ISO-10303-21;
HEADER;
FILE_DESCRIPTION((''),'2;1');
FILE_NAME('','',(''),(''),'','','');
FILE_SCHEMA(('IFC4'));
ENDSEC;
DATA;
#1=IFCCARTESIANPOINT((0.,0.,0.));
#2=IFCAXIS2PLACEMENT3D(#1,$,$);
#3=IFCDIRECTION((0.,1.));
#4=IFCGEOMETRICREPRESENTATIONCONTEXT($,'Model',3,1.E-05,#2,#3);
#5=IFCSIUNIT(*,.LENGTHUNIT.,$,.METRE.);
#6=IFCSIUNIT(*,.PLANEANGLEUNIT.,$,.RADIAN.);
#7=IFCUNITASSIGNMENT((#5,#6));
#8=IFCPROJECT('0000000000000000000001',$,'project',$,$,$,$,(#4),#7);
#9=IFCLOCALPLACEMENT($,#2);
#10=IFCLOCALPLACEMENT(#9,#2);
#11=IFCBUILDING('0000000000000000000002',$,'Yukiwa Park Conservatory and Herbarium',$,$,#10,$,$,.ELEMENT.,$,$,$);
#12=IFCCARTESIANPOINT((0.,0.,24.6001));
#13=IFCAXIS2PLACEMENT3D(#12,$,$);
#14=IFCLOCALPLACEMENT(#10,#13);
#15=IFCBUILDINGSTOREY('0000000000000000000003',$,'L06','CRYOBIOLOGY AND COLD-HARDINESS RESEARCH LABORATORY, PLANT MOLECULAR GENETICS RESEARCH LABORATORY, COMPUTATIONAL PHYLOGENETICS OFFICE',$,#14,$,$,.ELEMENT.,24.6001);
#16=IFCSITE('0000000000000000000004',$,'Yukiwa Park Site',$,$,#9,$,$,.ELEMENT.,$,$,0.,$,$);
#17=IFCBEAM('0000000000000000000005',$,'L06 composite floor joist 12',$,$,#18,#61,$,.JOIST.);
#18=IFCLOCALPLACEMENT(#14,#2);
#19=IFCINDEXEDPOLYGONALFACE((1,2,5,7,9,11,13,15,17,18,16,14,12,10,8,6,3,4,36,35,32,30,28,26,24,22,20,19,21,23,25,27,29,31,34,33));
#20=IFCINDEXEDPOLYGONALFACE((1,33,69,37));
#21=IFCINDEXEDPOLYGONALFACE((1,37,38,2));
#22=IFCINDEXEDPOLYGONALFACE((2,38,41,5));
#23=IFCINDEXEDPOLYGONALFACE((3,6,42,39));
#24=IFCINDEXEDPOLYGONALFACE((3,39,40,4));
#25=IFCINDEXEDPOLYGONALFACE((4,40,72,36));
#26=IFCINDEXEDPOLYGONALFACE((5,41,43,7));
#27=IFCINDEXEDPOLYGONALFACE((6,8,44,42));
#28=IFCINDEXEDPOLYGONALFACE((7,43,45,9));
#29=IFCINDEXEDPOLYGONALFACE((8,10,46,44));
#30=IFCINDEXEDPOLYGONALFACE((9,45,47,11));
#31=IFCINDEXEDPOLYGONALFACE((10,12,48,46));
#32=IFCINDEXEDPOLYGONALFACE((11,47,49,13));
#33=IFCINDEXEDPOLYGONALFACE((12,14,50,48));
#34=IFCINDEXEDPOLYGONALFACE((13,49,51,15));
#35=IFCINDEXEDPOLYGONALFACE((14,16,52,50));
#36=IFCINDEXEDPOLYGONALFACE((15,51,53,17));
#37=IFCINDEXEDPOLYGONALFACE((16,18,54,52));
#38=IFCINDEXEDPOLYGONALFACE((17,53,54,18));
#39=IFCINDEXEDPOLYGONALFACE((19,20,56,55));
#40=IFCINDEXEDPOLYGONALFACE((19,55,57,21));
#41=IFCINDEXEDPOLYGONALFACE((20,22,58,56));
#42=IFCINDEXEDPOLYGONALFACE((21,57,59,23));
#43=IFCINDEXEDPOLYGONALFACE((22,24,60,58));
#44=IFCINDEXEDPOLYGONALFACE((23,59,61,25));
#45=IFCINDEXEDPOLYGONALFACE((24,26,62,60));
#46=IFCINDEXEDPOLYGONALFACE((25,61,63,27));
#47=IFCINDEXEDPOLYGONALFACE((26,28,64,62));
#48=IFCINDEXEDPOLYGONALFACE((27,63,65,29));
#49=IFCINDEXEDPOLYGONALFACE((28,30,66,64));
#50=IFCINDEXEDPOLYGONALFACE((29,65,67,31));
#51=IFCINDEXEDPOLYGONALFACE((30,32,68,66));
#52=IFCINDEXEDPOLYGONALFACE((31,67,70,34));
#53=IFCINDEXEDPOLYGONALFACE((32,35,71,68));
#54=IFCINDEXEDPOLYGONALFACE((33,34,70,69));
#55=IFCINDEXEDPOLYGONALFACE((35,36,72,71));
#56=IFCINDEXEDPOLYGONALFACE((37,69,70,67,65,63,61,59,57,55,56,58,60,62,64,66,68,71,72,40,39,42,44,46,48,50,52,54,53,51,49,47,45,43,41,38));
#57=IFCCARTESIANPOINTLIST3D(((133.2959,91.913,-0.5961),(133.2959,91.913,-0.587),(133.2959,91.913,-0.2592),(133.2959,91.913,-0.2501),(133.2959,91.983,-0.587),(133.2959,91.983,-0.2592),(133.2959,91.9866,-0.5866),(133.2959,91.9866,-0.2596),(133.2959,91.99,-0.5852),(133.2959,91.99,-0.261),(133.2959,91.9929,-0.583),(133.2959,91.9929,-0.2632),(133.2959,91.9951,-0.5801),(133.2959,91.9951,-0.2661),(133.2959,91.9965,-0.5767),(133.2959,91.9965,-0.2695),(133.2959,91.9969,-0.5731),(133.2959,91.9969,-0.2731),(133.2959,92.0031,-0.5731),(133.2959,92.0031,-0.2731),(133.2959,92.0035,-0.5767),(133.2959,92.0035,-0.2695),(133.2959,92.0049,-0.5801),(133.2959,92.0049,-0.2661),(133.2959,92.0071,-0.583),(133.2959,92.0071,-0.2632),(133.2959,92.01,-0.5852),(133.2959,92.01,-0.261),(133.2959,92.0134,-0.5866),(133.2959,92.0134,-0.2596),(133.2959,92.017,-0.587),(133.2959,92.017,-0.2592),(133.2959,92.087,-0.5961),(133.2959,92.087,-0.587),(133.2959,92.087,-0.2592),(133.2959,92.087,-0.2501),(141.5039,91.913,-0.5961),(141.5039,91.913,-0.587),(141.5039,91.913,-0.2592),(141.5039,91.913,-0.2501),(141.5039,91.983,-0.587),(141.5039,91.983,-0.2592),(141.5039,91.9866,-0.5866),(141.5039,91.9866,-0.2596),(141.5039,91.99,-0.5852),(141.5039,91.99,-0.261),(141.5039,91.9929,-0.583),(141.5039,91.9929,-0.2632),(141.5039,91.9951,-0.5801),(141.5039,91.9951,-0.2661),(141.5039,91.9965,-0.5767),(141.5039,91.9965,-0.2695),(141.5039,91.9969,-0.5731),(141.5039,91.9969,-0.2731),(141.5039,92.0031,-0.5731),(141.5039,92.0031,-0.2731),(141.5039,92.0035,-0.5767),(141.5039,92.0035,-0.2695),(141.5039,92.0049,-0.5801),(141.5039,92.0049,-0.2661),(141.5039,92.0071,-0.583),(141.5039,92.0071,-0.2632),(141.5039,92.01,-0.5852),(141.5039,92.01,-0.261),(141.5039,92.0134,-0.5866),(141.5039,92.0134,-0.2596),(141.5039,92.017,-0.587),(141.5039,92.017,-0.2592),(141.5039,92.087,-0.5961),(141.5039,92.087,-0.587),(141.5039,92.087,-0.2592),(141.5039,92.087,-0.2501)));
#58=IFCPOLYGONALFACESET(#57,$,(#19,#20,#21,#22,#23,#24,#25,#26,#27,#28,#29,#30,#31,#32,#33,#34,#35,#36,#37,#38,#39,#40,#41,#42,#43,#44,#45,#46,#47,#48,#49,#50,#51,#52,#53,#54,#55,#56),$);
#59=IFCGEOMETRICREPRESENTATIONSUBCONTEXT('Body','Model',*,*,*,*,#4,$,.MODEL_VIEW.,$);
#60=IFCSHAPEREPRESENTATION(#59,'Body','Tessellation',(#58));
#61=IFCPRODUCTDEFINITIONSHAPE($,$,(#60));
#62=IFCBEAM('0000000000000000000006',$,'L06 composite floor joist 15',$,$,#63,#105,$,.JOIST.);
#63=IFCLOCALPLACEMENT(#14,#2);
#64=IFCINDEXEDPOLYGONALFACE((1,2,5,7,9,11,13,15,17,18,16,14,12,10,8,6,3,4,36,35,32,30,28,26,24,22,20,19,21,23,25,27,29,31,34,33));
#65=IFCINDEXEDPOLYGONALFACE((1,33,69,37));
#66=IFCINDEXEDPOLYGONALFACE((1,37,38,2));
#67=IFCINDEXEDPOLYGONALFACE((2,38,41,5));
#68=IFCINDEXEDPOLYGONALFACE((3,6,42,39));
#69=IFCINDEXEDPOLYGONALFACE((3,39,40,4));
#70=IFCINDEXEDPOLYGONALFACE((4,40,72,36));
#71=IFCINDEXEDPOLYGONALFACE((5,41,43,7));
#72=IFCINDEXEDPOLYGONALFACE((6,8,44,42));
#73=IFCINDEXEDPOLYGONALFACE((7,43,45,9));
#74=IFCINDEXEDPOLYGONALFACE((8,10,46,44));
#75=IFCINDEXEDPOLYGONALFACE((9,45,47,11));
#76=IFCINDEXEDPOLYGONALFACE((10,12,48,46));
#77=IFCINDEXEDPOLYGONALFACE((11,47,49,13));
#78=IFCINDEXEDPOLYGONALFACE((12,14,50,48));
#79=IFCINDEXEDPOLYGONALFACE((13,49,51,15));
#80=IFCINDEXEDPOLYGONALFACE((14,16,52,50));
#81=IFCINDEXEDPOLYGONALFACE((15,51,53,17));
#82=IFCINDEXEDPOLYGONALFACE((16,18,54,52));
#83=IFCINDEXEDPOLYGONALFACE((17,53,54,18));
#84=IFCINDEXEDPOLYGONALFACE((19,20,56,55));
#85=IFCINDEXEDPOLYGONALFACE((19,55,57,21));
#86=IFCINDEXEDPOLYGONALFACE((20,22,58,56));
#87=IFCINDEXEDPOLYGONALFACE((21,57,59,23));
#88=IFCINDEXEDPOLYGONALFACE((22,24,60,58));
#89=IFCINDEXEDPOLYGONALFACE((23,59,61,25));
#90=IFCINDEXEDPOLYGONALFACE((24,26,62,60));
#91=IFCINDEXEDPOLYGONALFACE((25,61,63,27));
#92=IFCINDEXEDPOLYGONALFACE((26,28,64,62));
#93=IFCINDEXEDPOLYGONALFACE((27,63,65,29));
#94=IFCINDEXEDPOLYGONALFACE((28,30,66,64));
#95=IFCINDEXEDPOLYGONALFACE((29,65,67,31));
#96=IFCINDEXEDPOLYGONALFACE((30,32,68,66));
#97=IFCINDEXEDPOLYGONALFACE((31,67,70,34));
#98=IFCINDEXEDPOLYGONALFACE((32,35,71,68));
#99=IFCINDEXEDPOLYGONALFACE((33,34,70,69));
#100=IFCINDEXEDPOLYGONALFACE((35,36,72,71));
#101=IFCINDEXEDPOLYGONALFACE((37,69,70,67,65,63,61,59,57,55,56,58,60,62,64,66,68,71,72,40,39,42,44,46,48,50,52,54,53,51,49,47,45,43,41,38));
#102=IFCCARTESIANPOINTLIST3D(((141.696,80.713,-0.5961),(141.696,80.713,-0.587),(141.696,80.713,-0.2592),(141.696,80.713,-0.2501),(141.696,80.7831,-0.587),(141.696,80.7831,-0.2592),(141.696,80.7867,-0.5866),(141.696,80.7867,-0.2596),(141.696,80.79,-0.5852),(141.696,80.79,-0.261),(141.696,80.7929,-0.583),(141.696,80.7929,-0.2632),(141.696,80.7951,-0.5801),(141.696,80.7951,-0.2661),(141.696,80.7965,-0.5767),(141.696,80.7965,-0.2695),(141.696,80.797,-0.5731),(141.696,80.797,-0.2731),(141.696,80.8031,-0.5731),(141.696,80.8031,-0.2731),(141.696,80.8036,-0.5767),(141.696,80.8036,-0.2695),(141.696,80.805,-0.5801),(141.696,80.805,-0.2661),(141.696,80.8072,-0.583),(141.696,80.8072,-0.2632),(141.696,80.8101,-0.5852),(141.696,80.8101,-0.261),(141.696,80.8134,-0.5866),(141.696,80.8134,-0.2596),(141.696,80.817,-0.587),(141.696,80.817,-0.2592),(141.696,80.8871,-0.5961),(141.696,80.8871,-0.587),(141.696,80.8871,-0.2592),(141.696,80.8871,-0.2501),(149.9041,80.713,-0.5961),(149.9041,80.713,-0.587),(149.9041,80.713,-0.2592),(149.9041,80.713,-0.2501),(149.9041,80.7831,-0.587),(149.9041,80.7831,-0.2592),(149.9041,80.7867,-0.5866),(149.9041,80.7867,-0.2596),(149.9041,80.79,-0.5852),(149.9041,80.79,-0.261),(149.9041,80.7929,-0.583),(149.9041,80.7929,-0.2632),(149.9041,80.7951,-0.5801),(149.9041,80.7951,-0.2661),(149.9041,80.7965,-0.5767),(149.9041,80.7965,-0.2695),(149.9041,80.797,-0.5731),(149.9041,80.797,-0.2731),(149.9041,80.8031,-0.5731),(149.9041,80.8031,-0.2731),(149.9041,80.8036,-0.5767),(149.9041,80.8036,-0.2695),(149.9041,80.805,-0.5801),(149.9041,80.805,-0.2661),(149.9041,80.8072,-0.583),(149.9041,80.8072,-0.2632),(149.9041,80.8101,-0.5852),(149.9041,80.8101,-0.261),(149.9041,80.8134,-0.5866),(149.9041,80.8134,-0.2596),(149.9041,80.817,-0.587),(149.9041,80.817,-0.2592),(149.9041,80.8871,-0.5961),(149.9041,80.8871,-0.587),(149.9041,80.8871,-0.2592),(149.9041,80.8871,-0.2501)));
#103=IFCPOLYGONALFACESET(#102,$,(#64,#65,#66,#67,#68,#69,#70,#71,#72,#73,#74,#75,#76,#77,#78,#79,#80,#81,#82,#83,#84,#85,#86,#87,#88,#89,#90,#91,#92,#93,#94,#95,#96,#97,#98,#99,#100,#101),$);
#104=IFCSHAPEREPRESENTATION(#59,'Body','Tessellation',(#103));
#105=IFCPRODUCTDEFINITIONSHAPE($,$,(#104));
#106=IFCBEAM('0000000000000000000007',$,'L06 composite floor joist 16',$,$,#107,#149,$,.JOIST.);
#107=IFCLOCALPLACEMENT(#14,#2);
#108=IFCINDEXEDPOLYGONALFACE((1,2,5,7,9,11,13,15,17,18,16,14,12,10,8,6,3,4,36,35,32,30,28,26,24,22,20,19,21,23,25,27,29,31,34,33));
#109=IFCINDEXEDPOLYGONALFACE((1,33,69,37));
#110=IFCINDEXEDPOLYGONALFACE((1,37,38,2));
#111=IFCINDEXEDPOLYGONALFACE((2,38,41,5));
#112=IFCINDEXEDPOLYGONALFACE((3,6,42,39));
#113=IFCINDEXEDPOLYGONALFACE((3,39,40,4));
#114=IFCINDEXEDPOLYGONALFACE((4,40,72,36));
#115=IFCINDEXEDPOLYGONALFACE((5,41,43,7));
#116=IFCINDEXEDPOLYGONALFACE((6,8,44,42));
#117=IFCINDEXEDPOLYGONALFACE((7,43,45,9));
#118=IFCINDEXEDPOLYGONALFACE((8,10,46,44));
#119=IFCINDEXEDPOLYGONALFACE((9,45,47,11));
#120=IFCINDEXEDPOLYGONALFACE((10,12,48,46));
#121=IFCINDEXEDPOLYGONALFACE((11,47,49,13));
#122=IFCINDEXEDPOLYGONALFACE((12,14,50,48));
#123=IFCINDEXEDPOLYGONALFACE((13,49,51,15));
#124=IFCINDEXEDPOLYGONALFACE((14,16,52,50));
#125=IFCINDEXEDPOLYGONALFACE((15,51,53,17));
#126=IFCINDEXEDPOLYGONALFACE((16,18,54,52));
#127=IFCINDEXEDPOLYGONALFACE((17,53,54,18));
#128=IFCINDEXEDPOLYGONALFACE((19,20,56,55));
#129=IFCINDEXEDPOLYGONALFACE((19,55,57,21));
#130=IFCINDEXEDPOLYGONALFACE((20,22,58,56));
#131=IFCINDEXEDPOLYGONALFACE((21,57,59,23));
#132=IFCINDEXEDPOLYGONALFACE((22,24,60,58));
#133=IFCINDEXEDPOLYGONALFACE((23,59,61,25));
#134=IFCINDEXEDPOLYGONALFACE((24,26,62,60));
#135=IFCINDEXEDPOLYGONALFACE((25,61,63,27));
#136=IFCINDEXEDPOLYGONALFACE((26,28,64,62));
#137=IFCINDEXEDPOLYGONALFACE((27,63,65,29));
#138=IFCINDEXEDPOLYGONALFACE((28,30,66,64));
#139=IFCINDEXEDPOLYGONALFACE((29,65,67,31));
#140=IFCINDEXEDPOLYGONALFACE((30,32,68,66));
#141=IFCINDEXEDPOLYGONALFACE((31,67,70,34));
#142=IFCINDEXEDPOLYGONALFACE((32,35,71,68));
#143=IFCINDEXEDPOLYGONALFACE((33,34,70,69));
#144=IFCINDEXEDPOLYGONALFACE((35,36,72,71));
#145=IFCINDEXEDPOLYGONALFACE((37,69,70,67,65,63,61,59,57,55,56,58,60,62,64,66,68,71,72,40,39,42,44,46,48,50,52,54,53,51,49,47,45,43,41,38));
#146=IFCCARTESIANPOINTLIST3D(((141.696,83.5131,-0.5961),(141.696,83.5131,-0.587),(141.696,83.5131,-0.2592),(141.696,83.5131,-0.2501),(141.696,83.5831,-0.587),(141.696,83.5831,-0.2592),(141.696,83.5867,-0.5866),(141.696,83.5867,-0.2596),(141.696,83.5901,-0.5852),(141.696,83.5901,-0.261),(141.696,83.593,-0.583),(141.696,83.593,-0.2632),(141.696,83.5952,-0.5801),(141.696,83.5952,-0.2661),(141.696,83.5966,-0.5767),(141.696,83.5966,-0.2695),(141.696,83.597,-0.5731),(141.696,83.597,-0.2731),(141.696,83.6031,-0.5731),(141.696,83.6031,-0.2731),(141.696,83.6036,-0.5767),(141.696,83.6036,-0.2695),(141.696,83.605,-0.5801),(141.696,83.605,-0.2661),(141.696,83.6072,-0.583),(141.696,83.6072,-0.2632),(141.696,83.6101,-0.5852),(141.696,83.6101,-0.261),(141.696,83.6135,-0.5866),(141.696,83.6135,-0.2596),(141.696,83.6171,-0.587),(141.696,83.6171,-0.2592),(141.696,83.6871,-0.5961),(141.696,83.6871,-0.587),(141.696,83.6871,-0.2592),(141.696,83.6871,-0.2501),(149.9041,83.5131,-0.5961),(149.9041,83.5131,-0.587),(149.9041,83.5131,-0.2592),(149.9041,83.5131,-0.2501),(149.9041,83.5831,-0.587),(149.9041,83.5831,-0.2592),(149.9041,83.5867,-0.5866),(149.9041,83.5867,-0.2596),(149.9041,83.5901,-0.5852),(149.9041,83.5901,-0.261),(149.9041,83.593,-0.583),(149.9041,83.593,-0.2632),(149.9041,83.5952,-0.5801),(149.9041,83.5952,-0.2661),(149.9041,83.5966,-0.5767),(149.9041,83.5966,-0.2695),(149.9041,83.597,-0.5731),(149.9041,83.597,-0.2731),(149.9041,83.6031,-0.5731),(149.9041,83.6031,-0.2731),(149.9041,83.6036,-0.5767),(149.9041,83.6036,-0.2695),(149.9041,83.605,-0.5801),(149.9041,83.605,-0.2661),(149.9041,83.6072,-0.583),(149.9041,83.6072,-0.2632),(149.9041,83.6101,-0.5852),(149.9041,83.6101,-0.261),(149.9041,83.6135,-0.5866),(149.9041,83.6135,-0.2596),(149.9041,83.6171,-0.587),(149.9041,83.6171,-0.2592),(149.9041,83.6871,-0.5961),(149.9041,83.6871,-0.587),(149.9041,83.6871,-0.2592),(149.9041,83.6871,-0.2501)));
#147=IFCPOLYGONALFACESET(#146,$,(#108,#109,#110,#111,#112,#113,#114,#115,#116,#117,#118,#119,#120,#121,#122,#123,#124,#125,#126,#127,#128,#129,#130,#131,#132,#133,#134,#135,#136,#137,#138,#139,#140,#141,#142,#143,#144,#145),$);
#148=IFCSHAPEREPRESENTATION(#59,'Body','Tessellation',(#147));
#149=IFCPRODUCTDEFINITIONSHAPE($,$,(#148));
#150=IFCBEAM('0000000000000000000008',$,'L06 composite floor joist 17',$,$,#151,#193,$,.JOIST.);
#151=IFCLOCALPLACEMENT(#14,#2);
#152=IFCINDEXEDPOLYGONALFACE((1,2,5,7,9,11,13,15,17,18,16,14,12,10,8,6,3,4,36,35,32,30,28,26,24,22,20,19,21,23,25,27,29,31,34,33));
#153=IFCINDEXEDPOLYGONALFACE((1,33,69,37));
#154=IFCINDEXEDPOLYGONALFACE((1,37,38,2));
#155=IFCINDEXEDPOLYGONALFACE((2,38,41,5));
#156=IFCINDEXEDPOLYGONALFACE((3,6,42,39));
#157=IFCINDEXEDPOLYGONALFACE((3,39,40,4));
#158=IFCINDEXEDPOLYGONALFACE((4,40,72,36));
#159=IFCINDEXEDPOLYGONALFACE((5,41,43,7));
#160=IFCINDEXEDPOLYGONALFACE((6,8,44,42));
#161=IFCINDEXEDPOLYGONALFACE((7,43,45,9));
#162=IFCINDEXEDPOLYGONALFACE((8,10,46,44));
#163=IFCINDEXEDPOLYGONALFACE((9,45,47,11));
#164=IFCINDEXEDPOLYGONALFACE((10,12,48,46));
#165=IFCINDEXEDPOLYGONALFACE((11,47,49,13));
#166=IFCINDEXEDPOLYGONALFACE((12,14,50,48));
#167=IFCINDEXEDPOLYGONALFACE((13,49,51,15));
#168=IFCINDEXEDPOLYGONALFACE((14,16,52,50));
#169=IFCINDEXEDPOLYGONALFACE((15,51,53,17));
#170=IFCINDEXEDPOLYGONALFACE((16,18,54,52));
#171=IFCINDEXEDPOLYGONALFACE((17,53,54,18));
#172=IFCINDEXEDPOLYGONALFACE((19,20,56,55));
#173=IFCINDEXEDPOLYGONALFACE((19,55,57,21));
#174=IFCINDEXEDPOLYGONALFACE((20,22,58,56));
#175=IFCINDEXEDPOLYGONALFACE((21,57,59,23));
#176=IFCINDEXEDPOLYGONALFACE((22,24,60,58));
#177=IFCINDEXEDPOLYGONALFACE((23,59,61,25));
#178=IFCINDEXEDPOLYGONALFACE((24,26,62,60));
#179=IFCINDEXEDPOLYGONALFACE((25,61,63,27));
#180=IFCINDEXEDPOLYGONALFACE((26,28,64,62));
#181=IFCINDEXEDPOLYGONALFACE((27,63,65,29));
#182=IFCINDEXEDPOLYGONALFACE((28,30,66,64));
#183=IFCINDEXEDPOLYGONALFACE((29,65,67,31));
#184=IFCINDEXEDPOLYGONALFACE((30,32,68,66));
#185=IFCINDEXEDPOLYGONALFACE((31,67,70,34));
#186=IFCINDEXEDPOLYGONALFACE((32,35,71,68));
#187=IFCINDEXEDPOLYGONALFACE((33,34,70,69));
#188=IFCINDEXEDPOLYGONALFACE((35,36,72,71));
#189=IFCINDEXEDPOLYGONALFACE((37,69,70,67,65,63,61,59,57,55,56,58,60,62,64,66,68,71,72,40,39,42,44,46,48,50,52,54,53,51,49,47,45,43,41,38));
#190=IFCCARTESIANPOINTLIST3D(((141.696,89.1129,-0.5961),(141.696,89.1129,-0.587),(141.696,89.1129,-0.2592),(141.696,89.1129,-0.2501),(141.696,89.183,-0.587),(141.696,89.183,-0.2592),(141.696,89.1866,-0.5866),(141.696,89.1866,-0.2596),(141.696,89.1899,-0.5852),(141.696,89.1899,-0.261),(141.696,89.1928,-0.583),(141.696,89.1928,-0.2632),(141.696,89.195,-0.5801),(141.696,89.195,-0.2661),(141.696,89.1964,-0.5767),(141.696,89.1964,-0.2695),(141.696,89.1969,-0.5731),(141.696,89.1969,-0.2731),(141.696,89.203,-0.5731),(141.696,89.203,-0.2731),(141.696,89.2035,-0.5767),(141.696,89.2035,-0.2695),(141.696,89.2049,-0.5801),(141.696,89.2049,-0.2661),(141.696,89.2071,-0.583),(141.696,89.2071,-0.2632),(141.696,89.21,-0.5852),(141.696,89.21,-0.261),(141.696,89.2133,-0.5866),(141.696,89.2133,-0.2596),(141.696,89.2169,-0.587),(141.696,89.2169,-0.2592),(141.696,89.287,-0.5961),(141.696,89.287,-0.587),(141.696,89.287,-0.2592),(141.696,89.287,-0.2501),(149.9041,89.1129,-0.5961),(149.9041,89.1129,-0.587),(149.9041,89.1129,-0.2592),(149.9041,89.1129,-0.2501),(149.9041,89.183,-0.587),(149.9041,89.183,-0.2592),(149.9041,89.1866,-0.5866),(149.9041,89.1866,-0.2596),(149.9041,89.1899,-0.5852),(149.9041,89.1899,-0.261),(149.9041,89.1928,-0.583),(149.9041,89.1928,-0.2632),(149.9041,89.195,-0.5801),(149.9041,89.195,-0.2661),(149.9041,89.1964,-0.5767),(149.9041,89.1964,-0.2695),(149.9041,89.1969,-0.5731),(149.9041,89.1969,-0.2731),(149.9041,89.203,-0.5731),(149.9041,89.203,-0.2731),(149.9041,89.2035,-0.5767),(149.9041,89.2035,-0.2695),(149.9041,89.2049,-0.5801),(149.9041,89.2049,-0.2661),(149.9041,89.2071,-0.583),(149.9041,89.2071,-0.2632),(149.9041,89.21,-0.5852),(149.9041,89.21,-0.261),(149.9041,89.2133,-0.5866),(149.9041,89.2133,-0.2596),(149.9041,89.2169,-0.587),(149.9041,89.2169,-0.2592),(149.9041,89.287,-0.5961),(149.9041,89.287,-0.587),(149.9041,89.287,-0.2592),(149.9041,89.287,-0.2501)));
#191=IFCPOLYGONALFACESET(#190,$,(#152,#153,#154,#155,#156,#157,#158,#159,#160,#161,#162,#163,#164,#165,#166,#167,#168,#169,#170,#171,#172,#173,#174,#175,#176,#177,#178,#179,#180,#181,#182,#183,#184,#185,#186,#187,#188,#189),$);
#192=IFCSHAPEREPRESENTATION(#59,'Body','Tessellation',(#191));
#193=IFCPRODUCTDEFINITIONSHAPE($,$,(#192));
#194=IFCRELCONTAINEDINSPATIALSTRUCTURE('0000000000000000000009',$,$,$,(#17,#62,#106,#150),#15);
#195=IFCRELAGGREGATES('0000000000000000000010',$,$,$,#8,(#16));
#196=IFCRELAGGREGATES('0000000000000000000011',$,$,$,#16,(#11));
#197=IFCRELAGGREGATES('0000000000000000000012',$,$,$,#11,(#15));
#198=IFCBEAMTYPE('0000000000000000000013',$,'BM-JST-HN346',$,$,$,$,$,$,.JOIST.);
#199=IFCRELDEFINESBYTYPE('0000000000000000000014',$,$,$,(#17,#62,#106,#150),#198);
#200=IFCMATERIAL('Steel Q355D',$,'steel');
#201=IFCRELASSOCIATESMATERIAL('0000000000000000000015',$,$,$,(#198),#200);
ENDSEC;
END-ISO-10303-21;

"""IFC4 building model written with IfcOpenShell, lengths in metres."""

from ifc_helpers import new_model, si_unit, direction, frame, origin, origin_2d, place, context, subcontext, project, spatial, i_section, extrude, material, material_profile, profile_set, type_object, element, save


model = new_model("IFC4")

# Units and contexts
model_context = context("Model", 3, precision=1e-05, world=origin(), true_north=direction((0.0, 1.0)))
body_context = subcontext(model_context, "Body", "Model", "MODEL_VIEW")
ifc_project = project(units=[si_unit("LENGTHUNIT", "METRE"), si_unit("PLANEANGLEUNIT", "RADIAN")], contexts=[model_context])

# Site, building, storey
site_placement = place(None, origin())
site = spatial("IfcSite", under=ifc_project, at=site_placement, Name="Yukiwa Park Site", CompositionType="ELEMENT", RefElevation=0.0)
building_placement = place(site_placement, origin())
building = spatial("IfcBuilding", under=site, at=building_placement, Name="Yukiwa Park Conservatory and Herbarium", CompositionType="ELEMENT")
storey_placement = place(building_placement, frame((0.0, 0.0, 24.6001)))
storey = spatial("IfcBuildingStorey", under=building, at=storey_placement, Name="L06", Description="CRYOBIOLOGY AND COLD-HARDINESS RESEARCH LABORATORY, PLANT MOLECULAR GENETICS RESEARCH LABORATORY, COMPUTATIONAL PHYLOGENETICS OFFICE", CompositionType="ELEMENT", Elevation=24.6001)

# Beams
ifc_material_1 = material(Name="Steel Q355D", Category="steel")
ifc_material_profile_1 = material_profile(ifc_material_1, i_section(OverallWidth=0.1741, OverallDepth=0.3459, WebThickness=0.0061, FlangeThickness=0.009, FilletRadius=0.0139, at=origin_2d()), Name="HN 346x174x6x9")
ifc_profile_set_1 = profile_set([ifc_material_profile_1], Name="Steel Q355D")
beam_type_1 = type_object("IfcBeamType", Name="BM-JST-HN346", PredefinedType="JOIST", material=ifc_profile_set_1)
for number, where, z_axis, x_axis, name in (
    (1, (133.2959, 92.0, -0.4231), (1.0, 0.0, 0.0), (0.0, 1.0, 0.0), "L06 composite floor joist 12"),
    (2, (141.696, 80.8, -0.4231), (1.0, 0.0, 0.0), (0.0, 1.0, 0.0), "L06 composite floor joist 15"),
    (3, (141.696, 83.6001, -0.4231), (1.0, 0.0, 0.0), (0.0, 1.0, 0.0), "L06 composite floor joist 16"),
    (4, (141.696, 89.2, -0.4231), (1.0, 0.0, 0.0), (0.0, 1.0, 0.0), "L06 composite floor joist 17"),
):
    element("IfcBeam", number, at=place(storey_placement, frame(where, z_axis=z_axis, x_axis=x_axis)), inside=storey, type_object=beam_type_1, Name=name, PredefinedType="JOIST", context=body_context, shape_type="SweptSolid", body=[
        extrude(i_section(OverallWidth=0.1741, OverallDepth=0.3459, WebThickness=0.0061, FlangeThickness=0.009, FilletRadius=0.0139, at=origin_2d()), origin(), (0.0, 0.0, 1.0), 8.208),
    ])

save(model, "model.ifc")
